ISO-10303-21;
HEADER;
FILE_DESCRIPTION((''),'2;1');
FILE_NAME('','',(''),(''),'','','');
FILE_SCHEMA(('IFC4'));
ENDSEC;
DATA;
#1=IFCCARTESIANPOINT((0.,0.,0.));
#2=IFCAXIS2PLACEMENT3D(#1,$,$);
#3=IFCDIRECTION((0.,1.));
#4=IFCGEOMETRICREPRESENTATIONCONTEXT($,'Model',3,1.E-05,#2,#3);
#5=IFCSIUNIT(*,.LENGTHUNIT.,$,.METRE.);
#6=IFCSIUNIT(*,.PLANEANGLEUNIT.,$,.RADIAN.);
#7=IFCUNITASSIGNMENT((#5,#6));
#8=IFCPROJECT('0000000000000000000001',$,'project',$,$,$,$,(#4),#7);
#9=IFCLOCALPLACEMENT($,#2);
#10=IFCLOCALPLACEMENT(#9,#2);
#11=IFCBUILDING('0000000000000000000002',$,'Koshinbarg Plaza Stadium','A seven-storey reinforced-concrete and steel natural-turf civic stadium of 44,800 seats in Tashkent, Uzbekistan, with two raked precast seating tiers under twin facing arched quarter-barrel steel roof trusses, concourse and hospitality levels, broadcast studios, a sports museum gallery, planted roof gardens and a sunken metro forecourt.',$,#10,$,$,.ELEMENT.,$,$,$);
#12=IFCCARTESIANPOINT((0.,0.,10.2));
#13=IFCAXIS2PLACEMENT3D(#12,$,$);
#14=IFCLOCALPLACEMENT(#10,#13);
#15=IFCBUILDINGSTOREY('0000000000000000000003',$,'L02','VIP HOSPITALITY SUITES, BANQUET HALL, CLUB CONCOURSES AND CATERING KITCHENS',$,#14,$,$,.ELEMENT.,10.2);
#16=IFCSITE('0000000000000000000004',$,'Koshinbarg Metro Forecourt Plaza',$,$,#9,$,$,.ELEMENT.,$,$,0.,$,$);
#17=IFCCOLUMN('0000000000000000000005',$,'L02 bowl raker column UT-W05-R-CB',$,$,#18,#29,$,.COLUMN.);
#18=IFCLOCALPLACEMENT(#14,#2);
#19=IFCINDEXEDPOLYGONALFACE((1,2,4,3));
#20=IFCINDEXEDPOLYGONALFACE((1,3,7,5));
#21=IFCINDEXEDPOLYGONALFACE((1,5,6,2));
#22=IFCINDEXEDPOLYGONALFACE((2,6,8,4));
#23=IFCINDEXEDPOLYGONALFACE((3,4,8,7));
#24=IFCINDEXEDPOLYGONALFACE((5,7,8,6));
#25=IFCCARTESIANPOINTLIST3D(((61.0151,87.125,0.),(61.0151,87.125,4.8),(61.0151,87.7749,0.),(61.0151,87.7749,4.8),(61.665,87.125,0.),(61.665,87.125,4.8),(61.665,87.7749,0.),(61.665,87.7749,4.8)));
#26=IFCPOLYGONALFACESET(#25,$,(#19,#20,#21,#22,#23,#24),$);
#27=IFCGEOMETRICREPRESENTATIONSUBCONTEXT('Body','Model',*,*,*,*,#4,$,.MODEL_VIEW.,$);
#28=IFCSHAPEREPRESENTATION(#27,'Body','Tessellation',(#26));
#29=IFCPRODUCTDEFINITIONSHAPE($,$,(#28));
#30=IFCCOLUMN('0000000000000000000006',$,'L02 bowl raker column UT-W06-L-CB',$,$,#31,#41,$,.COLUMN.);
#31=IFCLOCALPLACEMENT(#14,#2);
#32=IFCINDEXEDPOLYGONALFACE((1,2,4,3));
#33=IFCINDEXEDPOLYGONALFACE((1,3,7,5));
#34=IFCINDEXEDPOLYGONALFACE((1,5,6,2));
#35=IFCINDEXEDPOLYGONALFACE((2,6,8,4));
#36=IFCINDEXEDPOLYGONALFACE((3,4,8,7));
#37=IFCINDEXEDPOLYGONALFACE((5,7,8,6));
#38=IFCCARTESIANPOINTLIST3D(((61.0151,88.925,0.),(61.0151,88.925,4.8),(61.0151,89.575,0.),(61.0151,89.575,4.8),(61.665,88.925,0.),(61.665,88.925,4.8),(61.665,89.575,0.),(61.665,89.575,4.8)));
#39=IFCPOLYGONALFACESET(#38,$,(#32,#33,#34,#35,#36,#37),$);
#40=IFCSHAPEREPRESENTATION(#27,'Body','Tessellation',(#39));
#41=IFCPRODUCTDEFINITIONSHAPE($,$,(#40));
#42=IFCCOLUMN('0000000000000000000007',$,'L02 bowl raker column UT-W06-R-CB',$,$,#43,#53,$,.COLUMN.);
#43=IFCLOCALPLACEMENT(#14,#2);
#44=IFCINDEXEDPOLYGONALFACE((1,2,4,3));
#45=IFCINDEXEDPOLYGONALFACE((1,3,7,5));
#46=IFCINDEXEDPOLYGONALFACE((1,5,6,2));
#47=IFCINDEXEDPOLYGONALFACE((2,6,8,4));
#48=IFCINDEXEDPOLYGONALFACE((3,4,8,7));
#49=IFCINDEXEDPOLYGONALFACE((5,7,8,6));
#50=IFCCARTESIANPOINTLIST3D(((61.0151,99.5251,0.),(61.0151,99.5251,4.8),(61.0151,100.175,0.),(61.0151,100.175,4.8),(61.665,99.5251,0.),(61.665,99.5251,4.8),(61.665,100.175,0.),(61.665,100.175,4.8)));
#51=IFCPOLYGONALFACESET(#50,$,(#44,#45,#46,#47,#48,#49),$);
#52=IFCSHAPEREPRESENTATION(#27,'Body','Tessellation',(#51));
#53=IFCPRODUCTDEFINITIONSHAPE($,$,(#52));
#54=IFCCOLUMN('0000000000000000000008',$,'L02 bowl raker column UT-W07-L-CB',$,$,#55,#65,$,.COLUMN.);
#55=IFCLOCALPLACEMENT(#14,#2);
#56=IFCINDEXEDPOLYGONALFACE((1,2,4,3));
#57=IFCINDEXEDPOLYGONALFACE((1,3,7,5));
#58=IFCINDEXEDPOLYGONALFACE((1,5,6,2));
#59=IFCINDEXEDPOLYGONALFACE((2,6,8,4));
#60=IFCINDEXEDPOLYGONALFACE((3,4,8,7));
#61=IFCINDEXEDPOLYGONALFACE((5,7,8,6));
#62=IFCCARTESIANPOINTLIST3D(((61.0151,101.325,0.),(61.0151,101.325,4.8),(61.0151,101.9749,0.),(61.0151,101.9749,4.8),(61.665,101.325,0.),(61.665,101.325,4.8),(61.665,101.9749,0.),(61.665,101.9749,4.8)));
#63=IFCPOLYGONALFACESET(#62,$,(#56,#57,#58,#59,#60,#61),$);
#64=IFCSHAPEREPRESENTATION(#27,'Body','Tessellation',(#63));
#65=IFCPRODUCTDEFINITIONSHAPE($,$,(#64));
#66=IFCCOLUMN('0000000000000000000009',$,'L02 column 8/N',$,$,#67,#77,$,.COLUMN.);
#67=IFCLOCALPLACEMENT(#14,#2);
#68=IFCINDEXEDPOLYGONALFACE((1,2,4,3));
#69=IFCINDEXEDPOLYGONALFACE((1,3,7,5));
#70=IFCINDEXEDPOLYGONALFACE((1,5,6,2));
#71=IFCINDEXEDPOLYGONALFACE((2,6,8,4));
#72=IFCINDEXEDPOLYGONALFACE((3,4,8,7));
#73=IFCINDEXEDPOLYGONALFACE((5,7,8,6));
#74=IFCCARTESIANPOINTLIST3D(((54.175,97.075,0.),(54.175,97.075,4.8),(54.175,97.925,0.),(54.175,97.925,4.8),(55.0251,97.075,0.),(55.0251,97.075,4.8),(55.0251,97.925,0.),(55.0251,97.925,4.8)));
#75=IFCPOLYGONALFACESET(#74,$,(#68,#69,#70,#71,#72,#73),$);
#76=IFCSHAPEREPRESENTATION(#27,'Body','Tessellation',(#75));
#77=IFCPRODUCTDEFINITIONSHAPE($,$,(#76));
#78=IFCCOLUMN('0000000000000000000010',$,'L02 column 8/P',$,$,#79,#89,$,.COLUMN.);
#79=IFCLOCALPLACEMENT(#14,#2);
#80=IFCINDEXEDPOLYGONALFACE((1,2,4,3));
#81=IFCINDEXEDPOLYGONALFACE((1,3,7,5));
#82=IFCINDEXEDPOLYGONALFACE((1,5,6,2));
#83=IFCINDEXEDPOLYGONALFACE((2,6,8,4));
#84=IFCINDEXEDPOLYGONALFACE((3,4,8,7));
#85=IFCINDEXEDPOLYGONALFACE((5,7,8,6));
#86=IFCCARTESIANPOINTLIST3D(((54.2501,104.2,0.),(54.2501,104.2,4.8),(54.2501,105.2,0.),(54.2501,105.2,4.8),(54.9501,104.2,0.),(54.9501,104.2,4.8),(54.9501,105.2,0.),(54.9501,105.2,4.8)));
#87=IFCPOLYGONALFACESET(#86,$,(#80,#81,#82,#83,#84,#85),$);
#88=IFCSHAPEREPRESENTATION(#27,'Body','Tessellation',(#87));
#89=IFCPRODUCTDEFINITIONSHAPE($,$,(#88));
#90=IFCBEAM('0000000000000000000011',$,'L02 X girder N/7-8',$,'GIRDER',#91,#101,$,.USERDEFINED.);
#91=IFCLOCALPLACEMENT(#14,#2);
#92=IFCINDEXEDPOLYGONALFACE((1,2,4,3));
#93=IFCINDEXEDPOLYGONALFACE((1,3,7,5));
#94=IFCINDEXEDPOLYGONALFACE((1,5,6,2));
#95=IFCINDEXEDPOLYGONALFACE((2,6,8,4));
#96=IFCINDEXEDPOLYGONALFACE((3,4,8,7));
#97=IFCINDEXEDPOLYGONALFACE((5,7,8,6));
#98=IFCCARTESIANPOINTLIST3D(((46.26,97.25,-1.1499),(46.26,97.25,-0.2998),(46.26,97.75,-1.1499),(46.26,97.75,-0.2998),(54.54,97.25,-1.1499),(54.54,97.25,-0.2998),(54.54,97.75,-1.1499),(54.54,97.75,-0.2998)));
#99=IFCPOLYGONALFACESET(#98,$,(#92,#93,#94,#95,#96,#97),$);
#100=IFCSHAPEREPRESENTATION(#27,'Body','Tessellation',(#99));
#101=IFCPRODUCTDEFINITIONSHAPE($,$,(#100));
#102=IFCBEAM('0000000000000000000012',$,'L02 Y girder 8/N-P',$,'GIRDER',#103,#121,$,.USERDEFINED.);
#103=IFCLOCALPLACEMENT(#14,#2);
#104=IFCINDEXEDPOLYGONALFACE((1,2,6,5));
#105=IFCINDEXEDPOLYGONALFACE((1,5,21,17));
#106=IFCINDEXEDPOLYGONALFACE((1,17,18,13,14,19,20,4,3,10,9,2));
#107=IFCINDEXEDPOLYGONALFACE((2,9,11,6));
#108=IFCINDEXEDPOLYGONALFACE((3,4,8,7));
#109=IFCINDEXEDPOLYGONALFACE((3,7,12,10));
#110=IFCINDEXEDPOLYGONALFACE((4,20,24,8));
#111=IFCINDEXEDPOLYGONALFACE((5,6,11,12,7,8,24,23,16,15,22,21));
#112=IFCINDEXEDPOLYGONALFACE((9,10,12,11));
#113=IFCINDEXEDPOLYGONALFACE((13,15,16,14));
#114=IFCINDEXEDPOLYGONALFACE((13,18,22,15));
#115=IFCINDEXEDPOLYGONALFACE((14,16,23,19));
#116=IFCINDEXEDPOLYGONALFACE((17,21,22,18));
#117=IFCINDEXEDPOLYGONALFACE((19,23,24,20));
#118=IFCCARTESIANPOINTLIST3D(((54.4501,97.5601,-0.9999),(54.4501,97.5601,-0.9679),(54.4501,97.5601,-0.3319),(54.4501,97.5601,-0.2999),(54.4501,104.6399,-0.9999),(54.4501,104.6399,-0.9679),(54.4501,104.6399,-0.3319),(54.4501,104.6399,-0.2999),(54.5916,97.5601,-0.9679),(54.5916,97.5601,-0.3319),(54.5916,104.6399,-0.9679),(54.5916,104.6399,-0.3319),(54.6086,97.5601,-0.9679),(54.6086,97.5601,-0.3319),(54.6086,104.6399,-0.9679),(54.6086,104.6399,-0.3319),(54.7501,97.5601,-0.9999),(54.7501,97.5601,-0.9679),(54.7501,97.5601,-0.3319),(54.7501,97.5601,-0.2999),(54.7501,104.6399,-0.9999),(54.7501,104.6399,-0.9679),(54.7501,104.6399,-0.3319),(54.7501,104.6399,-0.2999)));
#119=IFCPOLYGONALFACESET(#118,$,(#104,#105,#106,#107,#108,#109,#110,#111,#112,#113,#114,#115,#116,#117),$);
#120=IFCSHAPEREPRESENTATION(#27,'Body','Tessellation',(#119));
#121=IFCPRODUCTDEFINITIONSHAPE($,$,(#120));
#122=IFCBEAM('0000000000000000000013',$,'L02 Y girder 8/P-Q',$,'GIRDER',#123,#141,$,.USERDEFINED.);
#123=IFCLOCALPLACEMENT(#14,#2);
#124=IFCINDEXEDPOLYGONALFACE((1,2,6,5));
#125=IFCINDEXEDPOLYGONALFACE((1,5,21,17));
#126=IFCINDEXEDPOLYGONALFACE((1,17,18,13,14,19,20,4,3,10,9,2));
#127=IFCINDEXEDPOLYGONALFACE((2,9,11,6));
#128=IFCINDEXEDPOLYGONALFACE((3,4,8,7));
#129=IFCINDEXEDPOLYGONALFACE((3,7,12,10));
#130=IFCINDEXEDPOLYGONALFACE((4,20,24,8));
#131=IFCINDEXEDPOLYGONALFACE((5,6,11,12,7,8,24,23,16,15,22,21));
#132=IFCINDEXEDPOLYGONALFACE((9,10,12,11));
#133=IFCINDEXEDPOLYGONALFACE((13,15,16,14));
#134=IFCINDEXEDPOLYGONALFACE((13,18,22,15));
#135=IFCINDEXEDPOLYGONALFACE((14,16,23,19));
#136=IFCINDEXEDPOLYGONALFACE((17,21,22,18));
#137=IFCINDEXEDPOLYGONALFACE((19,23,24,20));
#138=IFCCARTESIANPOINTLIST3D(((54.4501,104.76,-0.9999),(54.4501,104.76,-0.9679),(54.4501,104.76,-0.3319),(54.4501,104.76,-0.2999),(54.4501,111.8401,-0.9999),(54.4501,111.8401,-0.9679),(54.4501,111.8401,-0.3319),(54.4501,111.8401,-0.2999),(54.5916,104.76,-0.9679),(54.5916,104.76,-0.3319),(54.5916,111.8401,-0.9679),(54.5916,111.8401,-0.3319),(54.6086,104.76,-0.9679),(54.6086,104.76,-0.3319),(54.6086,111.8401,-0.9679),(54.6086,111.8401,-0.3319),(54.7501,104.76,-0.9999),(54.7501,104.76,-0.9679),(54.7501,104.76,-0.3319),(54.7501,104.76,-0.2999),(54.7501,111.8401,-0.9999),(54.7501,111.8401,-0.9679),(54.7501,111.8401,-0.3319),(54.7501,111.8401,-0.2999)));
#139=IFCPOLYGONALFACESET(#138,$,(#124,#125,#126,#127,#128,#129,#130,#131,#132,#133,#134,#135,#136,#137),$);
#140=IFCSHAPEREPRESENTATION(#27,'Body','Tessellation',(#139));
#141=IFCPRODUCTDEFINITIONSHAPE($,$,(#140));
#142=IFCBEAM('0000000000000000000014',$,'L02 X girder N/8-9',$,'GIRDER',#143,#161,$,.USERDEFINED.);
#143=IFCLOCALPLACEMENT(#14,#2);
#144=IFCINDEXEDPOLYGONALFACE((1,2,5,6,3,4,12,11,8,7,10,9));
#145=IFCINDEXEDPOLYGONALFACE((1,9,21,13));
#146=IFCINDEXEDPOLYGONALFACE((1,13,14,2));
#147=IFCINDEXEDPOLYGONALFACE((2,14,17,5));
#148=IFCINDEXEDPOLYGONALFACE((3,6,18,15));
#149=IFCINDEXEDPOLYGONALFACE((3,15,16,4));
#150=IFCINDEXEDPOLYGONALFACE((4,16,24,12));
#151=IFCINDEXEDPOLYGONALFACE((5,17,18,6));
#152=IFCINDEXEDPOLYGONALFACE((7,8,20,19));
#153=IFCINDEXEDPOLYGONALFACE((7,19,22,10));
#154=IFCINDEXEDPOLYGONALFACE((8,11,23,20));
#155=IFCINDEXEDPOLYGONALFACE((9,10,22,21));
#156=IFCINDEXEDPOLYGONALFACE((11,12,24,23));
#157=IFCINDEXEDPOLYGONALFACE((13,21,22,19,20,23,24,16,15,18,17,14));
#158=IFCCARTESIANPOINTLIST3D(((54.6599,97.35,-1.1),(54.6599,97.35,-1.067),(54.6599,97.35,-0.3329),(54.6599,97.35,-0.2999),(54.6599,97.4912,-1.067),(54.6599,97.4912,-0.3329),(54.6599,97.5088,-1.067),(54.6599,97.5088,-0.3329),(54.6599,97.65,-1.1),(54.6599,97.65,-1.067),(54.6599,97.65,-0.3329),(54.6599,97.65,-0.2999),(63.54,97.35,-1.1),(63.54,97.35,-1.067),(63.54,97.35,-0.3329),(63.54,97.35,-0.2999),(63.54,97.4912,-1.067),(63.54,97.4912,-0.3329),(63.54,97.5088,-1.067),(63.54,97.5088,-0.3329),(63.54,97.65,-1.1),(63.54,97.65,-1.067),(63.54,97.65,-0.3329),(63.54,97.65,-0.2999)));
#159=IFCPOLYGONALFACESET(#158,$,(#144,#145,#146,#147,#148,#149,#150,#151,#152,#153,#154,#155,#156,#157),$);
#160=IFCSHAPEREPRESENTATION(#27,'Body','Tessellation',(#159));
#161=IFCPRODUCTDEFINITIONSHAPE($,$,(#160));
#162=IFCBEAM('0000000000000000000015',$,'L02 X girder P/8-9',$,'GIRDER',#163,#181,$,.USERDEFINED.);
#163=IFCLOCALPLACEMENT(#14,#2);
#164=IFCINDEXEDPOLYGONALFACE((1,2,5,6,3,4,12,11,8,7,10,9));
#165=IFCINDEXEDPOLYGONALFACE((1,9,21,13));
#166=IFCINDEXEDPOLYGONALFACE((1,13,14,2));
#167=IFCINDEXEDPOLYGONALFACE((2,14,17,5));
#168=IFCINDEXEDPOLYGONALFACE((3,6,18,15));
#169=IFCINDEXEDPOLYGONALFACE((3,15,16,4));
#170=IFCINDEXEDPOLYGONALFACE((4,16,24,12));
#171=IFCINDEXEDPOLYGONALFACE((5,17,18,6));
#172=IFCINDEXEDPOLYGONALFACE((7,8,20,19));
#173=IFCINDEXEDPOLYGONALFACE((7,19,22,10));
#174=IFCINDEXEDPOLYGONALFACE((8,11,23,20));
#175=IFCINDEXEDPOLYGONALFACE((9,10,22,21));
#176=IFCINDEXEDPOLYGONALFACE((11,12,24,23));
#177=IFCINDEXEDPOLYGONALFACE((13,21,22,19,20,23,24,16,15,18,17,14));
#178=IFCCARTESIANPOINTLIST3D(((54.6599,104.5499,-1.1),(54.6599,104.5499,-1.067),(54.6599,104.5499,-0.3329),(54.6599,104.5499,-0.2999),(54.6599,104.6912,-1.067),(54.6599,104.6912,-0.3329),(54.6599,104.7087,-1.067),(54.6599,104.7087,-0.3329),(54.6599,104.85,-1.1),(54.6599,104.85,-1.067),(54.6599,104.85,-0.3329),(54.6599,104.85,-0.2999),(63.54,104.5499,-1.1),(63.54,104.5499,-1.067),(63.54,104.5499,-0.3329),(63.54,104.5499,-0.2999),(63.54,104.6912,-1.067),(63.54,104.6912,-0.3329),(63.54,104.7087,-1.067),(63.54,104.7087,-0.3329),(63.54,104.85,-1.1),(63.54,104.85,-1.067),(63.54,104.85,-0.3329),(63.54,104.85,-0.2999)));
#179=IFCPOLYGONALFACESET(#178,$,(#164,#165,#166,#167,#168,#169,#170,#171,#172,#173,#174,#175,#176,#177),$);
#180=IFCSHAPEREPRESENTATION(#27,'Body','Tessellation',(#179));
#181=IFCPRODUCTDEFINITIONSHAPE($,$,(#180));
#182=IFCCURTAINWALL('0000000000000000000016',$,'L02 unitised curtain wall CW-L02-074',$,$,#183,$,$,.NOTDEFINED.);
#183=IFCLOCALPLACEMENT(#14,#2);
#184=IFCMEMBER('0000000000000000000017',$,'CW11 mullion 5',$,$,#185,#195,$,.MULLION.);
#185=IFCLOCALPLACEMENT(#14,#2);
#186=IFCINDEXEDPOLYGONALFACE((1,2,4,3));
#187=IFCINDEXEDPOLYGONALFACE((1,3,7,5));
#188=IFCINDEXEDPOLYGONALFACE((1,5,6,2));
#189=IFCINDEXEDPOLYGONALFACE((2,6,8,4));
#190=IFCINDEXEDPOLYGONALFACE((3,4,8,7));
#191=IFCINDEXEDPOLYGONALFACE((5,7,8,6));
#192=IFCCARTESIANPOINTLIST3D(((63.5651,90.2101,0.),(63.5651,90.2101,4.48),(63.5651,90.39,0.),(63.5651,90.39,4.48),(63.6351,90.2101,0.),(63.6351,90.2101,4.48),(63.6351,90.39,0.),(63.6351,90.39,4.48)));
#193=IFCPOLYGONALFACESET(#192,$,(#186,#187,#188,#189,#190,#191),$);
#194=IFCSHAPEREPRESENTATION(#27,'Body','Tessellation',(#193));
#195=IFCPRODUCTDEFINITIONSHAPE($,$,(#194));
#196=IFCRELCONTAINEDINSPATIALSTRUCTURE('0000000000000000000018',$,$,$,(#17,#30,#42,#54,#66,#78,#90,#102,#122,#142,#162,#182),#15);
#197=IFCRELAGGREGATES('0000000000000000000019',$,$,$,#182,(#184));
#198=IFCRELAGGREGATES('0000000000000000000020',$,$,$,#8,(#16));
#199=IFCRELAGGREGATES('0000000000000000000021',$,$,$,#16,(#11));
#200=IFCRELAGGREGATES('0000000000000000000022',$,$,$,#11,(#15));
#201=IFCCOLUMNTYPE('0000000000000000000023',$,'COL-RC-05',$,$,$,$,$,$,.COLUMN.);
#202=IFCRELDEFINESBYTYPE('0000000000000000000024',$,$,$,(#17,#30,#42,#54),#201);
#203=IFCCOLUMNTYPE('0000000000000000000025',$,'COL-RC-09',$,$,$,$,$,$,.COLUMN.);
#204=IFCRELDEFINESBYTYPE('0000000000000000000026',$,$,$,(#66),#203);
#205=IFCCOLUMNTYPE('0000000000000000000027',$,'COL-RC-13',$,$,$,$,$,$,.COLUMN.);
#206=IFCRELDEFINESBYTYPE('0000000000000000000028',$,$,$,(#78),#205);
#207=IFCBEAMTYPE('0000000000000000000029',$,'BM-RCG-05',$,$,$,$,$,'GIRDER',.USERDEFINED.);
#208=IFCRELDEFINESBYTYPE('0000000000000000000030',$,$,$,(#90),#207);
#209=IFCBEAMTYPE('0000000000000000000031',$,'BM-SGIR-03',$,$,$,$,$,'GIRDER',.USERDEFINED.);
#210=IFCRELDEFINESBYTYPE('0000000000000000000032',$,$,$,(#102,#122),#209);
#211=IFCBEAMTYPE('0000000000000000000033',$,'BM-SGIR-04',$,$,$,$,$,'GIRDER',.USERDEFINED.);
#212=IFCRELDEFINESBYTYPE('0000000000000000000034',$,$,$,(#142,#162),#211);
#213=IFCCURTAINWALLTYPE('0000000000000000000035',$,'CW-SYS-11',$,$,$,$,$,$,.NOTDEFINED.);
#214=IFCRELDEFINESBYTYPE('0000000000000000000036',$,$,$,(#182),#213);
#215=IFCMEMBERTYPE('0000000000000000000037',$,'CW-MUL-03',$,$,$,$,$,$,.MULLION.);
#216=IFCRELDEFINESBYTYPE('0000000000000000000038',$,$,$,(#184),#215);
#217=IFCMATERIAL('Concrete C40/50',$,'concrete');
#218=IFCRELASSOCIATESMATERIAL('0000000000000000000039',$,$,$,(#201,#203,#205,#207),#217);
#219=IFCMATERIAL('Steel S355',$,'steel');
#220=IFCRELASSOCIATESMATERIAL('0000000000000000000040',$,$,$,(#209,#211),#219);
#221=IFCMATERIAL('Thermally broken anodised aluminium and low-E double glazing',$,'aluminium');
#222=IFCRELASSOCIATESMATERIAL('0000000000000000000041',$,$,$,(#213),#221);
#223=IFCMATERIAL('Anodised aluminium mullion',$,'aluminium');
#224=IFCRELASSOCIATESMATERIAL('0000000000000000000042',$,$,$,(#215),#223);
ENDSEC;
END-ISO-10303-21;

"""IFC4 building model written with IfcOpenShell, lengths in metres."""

from ifc_helpers import new_model, si_unit, direction, frame, origin, origin_2d, place, context, subcontext, project, spatial, rectangle, i_section, extrude, material, material_profile, profile_set, type_object, element, aggregate, save


model = new_model("IFC4")

# Units and contexts
model_context = context("Model", 3, precision=1e-05, world=origin(), true_north=direction((0.0, 1.0)))
body_context = subcontext(model_context, "Body", "Model", "MODEL_VIEW")
ifc_project = project(units=[si_unit("LENGTHUNIT", "METRE"), si_unit("PLANEANGLEUNIT", "RADIAN")], contexts=[model_context])

# Site, building, storey
site_placement = place(None, origin())
site = spatial("IfcSite", under=ifc_project, at=site_placement, Name="Koshinbarg Metro Forecourt Plaza", CompositionType="ELEMENT", RefElevation=0.0)
building_placement = place(site_placement, origin())
building = spatial("IfcBuilding", under=site, at=building_placement, Name="Koshinbarg Plaza Stadium", Description="A seven-storey reinforced-concrete and steel natural-turf civic stadium of 44,800 seats in Tashkent, Uzbekistan, with two raked precast seating tiers under twin facing arched quarter-barrel steel roof trusses, concourse and hospitality levels, broadcast studios, a sports museum gallery, planted roof gardens and a sunken metro forecourt.", CompositionType="ELEMENT")
storey_placement = place(building_placement, frame((0.0, 0.0, 10.2)))
storey = spatial("IfcBuildingStorey", under=building, at=storey_placement, Name="L02", Description="VIP HOSPITALITY SUITES, BANQUET HALL, CLUB CONCOURSES AND CATERING KITCHENS", CompositionType="ELEMENT", Elevation=10.2)

# Columns
ifc_material_1 = material(Name="Concrete C40/50", Category="concrete")
ifc_material_profile_1 = material_profile(ifc_material_1, rectangle(XDim=0.6499, YDim=0.6499, at=origin_2d()), Name="RC 650x650")
ifc_profile_set_1 = profile_set([ifc_material_profile_1], Name="Concrete C40/50")
column_type_1 = type_object("IfcColumnType", Name="COL-RC-05", PredefinedType="COLUMN", material=ifc_profile_set_1)
for number, where, z_axis, x_axis, name in (
    (1, (61.3401, 87.45, 0.0), (0.0, 0.0, 1.0), (1.0, 0.0, 0.0), "L02 bowl raker column UT-W05-R-CB"),
    (2, (61.3401, 89.25, 0.0), (0.0, 0.0, 1.0), (1.0, 0.0, 0.0), "L02 bowl raker column UT-W06-L-CB"),
    (3, (61.3401, 99.8501, 0.0), (0.0, 0.0, 1.0), (1.0, 0.0, 0.0), "L02 bowl raker column UT-W06-R-CB"),
    (4, (61.3401, 101.6499, 0.0), (0.0, 0.0, 1.0), (1.0, 0.0, 0.0), "L02 bowl raker column UT-W07-L-CB"),
):
    element("IfcColumn", number, at=place(storey_placement, frame(where, z_axis=z_axis, x_axis=x_axis)), inside=storey, type_object=column_type_1, Name=name, PredefinedType="COLUMN", context=body_context, shape_type="SweptSolid", body=[
        extrude(rectangle(XDim=0.6499, YDim=0.6499, at=origin_2d()), origin(), (0.0, 0.0, 1.0), 4.8),
    ])
ifc_material_profile_2 = material_profile(ifc_material_1, rectangle(XDim=0.8501, YDim=0.8501, at=origin_2d()), Name="RC 850x850")
ifc_profile_set_2 = profile_set([ifc_material_profile_2], Name="Concrete C40/50")
column_type_2 = type_object("IfcColumnType", Name="COL-RC-09", PredefinedType="COLUMN", material=ifc_profile_set_2)
column_1_placement = place(storey_placement, frame((54.6001, 97.5, 0.0), z_axis=(0.0, 0.0, 1.0), x_axis=(1.0, 0.0, 0.0)))
element("IfcColumn", 5, at=column_1_placement, inside=storey, type_object=column_type_2, Name="L02 column 8/N", PredefinedType="COLUMN", context=body_context, shape_type="SweptSolid", body=[
    extrude(rectangle(XDim=0.8501, YDim=0.8501, at=origin_2d()), origin(), (0.0, 0.0, 1.0), 4.8),
])
ifc_material_profile_3 = material_profile(ifc_material_1, rectangle(XDim=0.7, YDim=1.0, at=origin_2d()), Name="RC 700x1000")
ifc_profile_set_3 = profile_set([ifc_material_profile_3], Name="Concrete C40/50")
column_type_3 = type_object("IfcColumnType", Name="COL-RC-13", PredefinedType="COLUMN", material=ifc_profile_set_3)
column_2_placement = place(storey_placement, frame((54.6001, 104.7, 0.0), z_axis=(0.0, 0.0, 1.0), x_axis=(1.0, 0.0, 0.0)))
element("IfcColumn", 6, at=column_2_placement, inside=storey, type_object=column_type_3, Name="L02 column 8/P", PredefinedType="COLUMN", context=body_context, shape_type="SweptSolid", body=[
    extrude(rectangle(XDim=0.7, YDim=1.0, at=origin_2d()), origin(), (0.0, 0.0, 1.0), 4.8),
])

# Beams
ifc_material_profile_4 = material_profile(ifc_material_1, rectangle(XDim=0.5, YDim=0.8501, at=origin_2d()), Name="RC 500x850")
ifc_profile_set_4 = profile_set([ifc_material_profile_4], Name="Concrete C40/50")
beam_type_1 = type_object("IfcBeamType", Name="BM-RCG-05", ElementType="GIRDER", PredefinedType="USERDEFINED", material=ifc_profile_set_4)
beam_1_placement = place(storey_placement, frame((46.26, 97.5, -0.7249), z_axis=(1.0, 0.0, 0.0), x_axis=(0.0, 1.0, 0.0)))
element("IfcBeam", 7, at=beam_1_placement, inside=storey, type_object=beam_type_1, Name="L02 X girder N/7-8", ObjectType="GIRDER", PredefinedType="USERDEFINED", context=body_context, shape_type="SweptSolid", body=[
    extrude(rectangle(XDim=0.5, YDim=0.8501, at=origin_2d()), origin(), (0.0, 0.0, 1.0), 8.28),
])
ifc_material_2 = material(Name="Steel S355", Category="steel")
ifc_material_profile_5 = material_profile(ifc_material_2, i_section(OverallWidth=0.3, OverallDepth=0.7, WebThickness=0.0171, FlangeThickness=0.032, at=origin_2d()), Name="HEB 700")
ifc_profile_set_5 = profile_set([ifc_material_profile_5], Name="Steel S355")
beam_type_2 = type_object("IfcBeamType", Name="BM-SGIR-03", ElementType="GIRDER", PredefinedType="USERDEFINED", material=ifc_profile_set_5)
beam_2_placement = place(storey_placement, frame((54.6001, 97.5601, -0.6499), z_axis=(0.0, 1.0, 0.0), x_axis=(-1.0, 0.0, 0.0)))
element("IfcBeam", 8, at=beam_2_placement, inside=storey, type_object=beam_type_2, Name="L02 Y girder 8/N-P", ObjectType="GIRDER", PredefinedType="USERDEFINED", context=body_context, shape_type="SweptSolid", body=[
    extrude(i_section(OverallWidth=0.3, OverallDepth=0.7, WebThickness=0.0171, FlangeThickness=0.032, at=origin_2d()), origin(), (0.0, 0.0, 1.0), 7.0798),
])
beam_3_placement = place(storey_placement, frame((54.6001, 104.76, -0.6499), z_axis=(0.0, 1.0, 0.0), x_axis=(-1.0, 0.0, 0.0)))
element("IfcBeam", 9, at=beam_3_placement, inside=storey, type_object=beam_type_2, Name="L02 Y girder 8/P-Q", ObjectType="GIRDER", PredefinedType="USERDEFINED", context=body_context, shape_type="SweptSolid", body=[
    extrude(i_section(OverallWidth=0.3, OverallDepth=0.7, WebThickness=0.0171, FlangeThickness=0.032, at=origin_2d()), origin(), (0.0, 0.0, 1.0), 7.0801),
])
ifc_material_profile_6 = material_profile(ifc_material_2, i_section(OverallWidth=0.3, OverallDepth=0.8, WebThickness=0.0176, FlangeThickness=0.033, at=origin_2d()), Name="HEB 800")
ifc_profile_set_6 = profile_set([ifc_material_profile_6], Name="Steel S355")
beam_type_3 = type_object("IfcBeamType", Name="BM-SGIR-04", ElementType="GIRDER", PredefinedType="USERDEFINED", material=ifc_profile_set_6)
for number, where, z_axis, x_axis, name in (
    (10, (54.6599, 97.5, -0.7), (1.0, 0.0, 0.0), (0.0, 1.0, 0.0), "L02 X girder N/8-9"),
    (11, (54.6599, 104.7, -0.7), (1.0, 0.0, 0.0), (0.0, 1.0, 0.0), "L02 X girder P/8-9"),
):
    element("IfcBeam", number, at=place(storey_placement, frame(where, z_axis=z_axis, x_axis=x_axis)), inside=storey, type_object=beam_type_3, Name=name, ObjectType="GIRDER", PredefinedType="USERDEFINED", context=body_context, shape_type="SweptSolid", body=[
        extrude(i_section(OverallWidth=0.3, OverallDepth=0.8, WebThickness=0.0176, FlangeThickness=0.033, at=origin_2d()), origin(), (0.0, 0.0, 1.0), 8.8801),
    ])

# Curtain wall, member
ifc_material_3 = material(Name="Thermally broken anodised aluminium and low-E double glazing", Category="aluminium")
curtain_wall_type = type_object("IfcCurtainWallType", Name="CW-SYS-11", PredefinedType="NOTDEFINED", material=ifc_material_3)
curtain_wall_placement = place(storey_placement, origin())
curtain_wall = element("IfcCurtainWall", 12, at=curtain_wall_placement, inside=storey, type_object=curtain_wall_type, Name="L02 unitised curtain wall CW-L02-074", PredefinedType="NOTDEFINED")
ifc_material_4 = material(Name="Anodised aluminium mullion", Category="aluminium")
ifc_material_profile_7 = material_profile(ifc_material_4, rectangle(XDim=0.0701, YDim=0.1799, at=origin_2d()), Name="ALU 70x180")
ifc_profile_set_7 = profile_set([ifc_material_profile_7], Name="Anodised aluminium mullion")
member_type_1 = type_object("IfcMemberType", Name="CW-MUL-03", PredefinedType="MULLION", material=ifc_profile_set_7)
member_1_placement = place(storey_placement, frame((63.6001, 90.3, 0.0), z_axis=(0.0, 0.0, 1.0), x_axis=(1.0, 0.0, 0.0)))
member_1 = element("IfcMember", 13, at=member_1_placement, type_object=member_type_1, Name="CW11 mullion 5", PredefinedType="MULLION", context=body_context, shape_type="SweptSolid", body=[
    extrude(rectangle(XDim=0.0701, YDim=0.1799, at=origin_2d()), origin(), (0.0, 0.0, 1.0), 4.48),
])
aggregate(curtain_wall, [member_1])

save(model, "model.ifc")
